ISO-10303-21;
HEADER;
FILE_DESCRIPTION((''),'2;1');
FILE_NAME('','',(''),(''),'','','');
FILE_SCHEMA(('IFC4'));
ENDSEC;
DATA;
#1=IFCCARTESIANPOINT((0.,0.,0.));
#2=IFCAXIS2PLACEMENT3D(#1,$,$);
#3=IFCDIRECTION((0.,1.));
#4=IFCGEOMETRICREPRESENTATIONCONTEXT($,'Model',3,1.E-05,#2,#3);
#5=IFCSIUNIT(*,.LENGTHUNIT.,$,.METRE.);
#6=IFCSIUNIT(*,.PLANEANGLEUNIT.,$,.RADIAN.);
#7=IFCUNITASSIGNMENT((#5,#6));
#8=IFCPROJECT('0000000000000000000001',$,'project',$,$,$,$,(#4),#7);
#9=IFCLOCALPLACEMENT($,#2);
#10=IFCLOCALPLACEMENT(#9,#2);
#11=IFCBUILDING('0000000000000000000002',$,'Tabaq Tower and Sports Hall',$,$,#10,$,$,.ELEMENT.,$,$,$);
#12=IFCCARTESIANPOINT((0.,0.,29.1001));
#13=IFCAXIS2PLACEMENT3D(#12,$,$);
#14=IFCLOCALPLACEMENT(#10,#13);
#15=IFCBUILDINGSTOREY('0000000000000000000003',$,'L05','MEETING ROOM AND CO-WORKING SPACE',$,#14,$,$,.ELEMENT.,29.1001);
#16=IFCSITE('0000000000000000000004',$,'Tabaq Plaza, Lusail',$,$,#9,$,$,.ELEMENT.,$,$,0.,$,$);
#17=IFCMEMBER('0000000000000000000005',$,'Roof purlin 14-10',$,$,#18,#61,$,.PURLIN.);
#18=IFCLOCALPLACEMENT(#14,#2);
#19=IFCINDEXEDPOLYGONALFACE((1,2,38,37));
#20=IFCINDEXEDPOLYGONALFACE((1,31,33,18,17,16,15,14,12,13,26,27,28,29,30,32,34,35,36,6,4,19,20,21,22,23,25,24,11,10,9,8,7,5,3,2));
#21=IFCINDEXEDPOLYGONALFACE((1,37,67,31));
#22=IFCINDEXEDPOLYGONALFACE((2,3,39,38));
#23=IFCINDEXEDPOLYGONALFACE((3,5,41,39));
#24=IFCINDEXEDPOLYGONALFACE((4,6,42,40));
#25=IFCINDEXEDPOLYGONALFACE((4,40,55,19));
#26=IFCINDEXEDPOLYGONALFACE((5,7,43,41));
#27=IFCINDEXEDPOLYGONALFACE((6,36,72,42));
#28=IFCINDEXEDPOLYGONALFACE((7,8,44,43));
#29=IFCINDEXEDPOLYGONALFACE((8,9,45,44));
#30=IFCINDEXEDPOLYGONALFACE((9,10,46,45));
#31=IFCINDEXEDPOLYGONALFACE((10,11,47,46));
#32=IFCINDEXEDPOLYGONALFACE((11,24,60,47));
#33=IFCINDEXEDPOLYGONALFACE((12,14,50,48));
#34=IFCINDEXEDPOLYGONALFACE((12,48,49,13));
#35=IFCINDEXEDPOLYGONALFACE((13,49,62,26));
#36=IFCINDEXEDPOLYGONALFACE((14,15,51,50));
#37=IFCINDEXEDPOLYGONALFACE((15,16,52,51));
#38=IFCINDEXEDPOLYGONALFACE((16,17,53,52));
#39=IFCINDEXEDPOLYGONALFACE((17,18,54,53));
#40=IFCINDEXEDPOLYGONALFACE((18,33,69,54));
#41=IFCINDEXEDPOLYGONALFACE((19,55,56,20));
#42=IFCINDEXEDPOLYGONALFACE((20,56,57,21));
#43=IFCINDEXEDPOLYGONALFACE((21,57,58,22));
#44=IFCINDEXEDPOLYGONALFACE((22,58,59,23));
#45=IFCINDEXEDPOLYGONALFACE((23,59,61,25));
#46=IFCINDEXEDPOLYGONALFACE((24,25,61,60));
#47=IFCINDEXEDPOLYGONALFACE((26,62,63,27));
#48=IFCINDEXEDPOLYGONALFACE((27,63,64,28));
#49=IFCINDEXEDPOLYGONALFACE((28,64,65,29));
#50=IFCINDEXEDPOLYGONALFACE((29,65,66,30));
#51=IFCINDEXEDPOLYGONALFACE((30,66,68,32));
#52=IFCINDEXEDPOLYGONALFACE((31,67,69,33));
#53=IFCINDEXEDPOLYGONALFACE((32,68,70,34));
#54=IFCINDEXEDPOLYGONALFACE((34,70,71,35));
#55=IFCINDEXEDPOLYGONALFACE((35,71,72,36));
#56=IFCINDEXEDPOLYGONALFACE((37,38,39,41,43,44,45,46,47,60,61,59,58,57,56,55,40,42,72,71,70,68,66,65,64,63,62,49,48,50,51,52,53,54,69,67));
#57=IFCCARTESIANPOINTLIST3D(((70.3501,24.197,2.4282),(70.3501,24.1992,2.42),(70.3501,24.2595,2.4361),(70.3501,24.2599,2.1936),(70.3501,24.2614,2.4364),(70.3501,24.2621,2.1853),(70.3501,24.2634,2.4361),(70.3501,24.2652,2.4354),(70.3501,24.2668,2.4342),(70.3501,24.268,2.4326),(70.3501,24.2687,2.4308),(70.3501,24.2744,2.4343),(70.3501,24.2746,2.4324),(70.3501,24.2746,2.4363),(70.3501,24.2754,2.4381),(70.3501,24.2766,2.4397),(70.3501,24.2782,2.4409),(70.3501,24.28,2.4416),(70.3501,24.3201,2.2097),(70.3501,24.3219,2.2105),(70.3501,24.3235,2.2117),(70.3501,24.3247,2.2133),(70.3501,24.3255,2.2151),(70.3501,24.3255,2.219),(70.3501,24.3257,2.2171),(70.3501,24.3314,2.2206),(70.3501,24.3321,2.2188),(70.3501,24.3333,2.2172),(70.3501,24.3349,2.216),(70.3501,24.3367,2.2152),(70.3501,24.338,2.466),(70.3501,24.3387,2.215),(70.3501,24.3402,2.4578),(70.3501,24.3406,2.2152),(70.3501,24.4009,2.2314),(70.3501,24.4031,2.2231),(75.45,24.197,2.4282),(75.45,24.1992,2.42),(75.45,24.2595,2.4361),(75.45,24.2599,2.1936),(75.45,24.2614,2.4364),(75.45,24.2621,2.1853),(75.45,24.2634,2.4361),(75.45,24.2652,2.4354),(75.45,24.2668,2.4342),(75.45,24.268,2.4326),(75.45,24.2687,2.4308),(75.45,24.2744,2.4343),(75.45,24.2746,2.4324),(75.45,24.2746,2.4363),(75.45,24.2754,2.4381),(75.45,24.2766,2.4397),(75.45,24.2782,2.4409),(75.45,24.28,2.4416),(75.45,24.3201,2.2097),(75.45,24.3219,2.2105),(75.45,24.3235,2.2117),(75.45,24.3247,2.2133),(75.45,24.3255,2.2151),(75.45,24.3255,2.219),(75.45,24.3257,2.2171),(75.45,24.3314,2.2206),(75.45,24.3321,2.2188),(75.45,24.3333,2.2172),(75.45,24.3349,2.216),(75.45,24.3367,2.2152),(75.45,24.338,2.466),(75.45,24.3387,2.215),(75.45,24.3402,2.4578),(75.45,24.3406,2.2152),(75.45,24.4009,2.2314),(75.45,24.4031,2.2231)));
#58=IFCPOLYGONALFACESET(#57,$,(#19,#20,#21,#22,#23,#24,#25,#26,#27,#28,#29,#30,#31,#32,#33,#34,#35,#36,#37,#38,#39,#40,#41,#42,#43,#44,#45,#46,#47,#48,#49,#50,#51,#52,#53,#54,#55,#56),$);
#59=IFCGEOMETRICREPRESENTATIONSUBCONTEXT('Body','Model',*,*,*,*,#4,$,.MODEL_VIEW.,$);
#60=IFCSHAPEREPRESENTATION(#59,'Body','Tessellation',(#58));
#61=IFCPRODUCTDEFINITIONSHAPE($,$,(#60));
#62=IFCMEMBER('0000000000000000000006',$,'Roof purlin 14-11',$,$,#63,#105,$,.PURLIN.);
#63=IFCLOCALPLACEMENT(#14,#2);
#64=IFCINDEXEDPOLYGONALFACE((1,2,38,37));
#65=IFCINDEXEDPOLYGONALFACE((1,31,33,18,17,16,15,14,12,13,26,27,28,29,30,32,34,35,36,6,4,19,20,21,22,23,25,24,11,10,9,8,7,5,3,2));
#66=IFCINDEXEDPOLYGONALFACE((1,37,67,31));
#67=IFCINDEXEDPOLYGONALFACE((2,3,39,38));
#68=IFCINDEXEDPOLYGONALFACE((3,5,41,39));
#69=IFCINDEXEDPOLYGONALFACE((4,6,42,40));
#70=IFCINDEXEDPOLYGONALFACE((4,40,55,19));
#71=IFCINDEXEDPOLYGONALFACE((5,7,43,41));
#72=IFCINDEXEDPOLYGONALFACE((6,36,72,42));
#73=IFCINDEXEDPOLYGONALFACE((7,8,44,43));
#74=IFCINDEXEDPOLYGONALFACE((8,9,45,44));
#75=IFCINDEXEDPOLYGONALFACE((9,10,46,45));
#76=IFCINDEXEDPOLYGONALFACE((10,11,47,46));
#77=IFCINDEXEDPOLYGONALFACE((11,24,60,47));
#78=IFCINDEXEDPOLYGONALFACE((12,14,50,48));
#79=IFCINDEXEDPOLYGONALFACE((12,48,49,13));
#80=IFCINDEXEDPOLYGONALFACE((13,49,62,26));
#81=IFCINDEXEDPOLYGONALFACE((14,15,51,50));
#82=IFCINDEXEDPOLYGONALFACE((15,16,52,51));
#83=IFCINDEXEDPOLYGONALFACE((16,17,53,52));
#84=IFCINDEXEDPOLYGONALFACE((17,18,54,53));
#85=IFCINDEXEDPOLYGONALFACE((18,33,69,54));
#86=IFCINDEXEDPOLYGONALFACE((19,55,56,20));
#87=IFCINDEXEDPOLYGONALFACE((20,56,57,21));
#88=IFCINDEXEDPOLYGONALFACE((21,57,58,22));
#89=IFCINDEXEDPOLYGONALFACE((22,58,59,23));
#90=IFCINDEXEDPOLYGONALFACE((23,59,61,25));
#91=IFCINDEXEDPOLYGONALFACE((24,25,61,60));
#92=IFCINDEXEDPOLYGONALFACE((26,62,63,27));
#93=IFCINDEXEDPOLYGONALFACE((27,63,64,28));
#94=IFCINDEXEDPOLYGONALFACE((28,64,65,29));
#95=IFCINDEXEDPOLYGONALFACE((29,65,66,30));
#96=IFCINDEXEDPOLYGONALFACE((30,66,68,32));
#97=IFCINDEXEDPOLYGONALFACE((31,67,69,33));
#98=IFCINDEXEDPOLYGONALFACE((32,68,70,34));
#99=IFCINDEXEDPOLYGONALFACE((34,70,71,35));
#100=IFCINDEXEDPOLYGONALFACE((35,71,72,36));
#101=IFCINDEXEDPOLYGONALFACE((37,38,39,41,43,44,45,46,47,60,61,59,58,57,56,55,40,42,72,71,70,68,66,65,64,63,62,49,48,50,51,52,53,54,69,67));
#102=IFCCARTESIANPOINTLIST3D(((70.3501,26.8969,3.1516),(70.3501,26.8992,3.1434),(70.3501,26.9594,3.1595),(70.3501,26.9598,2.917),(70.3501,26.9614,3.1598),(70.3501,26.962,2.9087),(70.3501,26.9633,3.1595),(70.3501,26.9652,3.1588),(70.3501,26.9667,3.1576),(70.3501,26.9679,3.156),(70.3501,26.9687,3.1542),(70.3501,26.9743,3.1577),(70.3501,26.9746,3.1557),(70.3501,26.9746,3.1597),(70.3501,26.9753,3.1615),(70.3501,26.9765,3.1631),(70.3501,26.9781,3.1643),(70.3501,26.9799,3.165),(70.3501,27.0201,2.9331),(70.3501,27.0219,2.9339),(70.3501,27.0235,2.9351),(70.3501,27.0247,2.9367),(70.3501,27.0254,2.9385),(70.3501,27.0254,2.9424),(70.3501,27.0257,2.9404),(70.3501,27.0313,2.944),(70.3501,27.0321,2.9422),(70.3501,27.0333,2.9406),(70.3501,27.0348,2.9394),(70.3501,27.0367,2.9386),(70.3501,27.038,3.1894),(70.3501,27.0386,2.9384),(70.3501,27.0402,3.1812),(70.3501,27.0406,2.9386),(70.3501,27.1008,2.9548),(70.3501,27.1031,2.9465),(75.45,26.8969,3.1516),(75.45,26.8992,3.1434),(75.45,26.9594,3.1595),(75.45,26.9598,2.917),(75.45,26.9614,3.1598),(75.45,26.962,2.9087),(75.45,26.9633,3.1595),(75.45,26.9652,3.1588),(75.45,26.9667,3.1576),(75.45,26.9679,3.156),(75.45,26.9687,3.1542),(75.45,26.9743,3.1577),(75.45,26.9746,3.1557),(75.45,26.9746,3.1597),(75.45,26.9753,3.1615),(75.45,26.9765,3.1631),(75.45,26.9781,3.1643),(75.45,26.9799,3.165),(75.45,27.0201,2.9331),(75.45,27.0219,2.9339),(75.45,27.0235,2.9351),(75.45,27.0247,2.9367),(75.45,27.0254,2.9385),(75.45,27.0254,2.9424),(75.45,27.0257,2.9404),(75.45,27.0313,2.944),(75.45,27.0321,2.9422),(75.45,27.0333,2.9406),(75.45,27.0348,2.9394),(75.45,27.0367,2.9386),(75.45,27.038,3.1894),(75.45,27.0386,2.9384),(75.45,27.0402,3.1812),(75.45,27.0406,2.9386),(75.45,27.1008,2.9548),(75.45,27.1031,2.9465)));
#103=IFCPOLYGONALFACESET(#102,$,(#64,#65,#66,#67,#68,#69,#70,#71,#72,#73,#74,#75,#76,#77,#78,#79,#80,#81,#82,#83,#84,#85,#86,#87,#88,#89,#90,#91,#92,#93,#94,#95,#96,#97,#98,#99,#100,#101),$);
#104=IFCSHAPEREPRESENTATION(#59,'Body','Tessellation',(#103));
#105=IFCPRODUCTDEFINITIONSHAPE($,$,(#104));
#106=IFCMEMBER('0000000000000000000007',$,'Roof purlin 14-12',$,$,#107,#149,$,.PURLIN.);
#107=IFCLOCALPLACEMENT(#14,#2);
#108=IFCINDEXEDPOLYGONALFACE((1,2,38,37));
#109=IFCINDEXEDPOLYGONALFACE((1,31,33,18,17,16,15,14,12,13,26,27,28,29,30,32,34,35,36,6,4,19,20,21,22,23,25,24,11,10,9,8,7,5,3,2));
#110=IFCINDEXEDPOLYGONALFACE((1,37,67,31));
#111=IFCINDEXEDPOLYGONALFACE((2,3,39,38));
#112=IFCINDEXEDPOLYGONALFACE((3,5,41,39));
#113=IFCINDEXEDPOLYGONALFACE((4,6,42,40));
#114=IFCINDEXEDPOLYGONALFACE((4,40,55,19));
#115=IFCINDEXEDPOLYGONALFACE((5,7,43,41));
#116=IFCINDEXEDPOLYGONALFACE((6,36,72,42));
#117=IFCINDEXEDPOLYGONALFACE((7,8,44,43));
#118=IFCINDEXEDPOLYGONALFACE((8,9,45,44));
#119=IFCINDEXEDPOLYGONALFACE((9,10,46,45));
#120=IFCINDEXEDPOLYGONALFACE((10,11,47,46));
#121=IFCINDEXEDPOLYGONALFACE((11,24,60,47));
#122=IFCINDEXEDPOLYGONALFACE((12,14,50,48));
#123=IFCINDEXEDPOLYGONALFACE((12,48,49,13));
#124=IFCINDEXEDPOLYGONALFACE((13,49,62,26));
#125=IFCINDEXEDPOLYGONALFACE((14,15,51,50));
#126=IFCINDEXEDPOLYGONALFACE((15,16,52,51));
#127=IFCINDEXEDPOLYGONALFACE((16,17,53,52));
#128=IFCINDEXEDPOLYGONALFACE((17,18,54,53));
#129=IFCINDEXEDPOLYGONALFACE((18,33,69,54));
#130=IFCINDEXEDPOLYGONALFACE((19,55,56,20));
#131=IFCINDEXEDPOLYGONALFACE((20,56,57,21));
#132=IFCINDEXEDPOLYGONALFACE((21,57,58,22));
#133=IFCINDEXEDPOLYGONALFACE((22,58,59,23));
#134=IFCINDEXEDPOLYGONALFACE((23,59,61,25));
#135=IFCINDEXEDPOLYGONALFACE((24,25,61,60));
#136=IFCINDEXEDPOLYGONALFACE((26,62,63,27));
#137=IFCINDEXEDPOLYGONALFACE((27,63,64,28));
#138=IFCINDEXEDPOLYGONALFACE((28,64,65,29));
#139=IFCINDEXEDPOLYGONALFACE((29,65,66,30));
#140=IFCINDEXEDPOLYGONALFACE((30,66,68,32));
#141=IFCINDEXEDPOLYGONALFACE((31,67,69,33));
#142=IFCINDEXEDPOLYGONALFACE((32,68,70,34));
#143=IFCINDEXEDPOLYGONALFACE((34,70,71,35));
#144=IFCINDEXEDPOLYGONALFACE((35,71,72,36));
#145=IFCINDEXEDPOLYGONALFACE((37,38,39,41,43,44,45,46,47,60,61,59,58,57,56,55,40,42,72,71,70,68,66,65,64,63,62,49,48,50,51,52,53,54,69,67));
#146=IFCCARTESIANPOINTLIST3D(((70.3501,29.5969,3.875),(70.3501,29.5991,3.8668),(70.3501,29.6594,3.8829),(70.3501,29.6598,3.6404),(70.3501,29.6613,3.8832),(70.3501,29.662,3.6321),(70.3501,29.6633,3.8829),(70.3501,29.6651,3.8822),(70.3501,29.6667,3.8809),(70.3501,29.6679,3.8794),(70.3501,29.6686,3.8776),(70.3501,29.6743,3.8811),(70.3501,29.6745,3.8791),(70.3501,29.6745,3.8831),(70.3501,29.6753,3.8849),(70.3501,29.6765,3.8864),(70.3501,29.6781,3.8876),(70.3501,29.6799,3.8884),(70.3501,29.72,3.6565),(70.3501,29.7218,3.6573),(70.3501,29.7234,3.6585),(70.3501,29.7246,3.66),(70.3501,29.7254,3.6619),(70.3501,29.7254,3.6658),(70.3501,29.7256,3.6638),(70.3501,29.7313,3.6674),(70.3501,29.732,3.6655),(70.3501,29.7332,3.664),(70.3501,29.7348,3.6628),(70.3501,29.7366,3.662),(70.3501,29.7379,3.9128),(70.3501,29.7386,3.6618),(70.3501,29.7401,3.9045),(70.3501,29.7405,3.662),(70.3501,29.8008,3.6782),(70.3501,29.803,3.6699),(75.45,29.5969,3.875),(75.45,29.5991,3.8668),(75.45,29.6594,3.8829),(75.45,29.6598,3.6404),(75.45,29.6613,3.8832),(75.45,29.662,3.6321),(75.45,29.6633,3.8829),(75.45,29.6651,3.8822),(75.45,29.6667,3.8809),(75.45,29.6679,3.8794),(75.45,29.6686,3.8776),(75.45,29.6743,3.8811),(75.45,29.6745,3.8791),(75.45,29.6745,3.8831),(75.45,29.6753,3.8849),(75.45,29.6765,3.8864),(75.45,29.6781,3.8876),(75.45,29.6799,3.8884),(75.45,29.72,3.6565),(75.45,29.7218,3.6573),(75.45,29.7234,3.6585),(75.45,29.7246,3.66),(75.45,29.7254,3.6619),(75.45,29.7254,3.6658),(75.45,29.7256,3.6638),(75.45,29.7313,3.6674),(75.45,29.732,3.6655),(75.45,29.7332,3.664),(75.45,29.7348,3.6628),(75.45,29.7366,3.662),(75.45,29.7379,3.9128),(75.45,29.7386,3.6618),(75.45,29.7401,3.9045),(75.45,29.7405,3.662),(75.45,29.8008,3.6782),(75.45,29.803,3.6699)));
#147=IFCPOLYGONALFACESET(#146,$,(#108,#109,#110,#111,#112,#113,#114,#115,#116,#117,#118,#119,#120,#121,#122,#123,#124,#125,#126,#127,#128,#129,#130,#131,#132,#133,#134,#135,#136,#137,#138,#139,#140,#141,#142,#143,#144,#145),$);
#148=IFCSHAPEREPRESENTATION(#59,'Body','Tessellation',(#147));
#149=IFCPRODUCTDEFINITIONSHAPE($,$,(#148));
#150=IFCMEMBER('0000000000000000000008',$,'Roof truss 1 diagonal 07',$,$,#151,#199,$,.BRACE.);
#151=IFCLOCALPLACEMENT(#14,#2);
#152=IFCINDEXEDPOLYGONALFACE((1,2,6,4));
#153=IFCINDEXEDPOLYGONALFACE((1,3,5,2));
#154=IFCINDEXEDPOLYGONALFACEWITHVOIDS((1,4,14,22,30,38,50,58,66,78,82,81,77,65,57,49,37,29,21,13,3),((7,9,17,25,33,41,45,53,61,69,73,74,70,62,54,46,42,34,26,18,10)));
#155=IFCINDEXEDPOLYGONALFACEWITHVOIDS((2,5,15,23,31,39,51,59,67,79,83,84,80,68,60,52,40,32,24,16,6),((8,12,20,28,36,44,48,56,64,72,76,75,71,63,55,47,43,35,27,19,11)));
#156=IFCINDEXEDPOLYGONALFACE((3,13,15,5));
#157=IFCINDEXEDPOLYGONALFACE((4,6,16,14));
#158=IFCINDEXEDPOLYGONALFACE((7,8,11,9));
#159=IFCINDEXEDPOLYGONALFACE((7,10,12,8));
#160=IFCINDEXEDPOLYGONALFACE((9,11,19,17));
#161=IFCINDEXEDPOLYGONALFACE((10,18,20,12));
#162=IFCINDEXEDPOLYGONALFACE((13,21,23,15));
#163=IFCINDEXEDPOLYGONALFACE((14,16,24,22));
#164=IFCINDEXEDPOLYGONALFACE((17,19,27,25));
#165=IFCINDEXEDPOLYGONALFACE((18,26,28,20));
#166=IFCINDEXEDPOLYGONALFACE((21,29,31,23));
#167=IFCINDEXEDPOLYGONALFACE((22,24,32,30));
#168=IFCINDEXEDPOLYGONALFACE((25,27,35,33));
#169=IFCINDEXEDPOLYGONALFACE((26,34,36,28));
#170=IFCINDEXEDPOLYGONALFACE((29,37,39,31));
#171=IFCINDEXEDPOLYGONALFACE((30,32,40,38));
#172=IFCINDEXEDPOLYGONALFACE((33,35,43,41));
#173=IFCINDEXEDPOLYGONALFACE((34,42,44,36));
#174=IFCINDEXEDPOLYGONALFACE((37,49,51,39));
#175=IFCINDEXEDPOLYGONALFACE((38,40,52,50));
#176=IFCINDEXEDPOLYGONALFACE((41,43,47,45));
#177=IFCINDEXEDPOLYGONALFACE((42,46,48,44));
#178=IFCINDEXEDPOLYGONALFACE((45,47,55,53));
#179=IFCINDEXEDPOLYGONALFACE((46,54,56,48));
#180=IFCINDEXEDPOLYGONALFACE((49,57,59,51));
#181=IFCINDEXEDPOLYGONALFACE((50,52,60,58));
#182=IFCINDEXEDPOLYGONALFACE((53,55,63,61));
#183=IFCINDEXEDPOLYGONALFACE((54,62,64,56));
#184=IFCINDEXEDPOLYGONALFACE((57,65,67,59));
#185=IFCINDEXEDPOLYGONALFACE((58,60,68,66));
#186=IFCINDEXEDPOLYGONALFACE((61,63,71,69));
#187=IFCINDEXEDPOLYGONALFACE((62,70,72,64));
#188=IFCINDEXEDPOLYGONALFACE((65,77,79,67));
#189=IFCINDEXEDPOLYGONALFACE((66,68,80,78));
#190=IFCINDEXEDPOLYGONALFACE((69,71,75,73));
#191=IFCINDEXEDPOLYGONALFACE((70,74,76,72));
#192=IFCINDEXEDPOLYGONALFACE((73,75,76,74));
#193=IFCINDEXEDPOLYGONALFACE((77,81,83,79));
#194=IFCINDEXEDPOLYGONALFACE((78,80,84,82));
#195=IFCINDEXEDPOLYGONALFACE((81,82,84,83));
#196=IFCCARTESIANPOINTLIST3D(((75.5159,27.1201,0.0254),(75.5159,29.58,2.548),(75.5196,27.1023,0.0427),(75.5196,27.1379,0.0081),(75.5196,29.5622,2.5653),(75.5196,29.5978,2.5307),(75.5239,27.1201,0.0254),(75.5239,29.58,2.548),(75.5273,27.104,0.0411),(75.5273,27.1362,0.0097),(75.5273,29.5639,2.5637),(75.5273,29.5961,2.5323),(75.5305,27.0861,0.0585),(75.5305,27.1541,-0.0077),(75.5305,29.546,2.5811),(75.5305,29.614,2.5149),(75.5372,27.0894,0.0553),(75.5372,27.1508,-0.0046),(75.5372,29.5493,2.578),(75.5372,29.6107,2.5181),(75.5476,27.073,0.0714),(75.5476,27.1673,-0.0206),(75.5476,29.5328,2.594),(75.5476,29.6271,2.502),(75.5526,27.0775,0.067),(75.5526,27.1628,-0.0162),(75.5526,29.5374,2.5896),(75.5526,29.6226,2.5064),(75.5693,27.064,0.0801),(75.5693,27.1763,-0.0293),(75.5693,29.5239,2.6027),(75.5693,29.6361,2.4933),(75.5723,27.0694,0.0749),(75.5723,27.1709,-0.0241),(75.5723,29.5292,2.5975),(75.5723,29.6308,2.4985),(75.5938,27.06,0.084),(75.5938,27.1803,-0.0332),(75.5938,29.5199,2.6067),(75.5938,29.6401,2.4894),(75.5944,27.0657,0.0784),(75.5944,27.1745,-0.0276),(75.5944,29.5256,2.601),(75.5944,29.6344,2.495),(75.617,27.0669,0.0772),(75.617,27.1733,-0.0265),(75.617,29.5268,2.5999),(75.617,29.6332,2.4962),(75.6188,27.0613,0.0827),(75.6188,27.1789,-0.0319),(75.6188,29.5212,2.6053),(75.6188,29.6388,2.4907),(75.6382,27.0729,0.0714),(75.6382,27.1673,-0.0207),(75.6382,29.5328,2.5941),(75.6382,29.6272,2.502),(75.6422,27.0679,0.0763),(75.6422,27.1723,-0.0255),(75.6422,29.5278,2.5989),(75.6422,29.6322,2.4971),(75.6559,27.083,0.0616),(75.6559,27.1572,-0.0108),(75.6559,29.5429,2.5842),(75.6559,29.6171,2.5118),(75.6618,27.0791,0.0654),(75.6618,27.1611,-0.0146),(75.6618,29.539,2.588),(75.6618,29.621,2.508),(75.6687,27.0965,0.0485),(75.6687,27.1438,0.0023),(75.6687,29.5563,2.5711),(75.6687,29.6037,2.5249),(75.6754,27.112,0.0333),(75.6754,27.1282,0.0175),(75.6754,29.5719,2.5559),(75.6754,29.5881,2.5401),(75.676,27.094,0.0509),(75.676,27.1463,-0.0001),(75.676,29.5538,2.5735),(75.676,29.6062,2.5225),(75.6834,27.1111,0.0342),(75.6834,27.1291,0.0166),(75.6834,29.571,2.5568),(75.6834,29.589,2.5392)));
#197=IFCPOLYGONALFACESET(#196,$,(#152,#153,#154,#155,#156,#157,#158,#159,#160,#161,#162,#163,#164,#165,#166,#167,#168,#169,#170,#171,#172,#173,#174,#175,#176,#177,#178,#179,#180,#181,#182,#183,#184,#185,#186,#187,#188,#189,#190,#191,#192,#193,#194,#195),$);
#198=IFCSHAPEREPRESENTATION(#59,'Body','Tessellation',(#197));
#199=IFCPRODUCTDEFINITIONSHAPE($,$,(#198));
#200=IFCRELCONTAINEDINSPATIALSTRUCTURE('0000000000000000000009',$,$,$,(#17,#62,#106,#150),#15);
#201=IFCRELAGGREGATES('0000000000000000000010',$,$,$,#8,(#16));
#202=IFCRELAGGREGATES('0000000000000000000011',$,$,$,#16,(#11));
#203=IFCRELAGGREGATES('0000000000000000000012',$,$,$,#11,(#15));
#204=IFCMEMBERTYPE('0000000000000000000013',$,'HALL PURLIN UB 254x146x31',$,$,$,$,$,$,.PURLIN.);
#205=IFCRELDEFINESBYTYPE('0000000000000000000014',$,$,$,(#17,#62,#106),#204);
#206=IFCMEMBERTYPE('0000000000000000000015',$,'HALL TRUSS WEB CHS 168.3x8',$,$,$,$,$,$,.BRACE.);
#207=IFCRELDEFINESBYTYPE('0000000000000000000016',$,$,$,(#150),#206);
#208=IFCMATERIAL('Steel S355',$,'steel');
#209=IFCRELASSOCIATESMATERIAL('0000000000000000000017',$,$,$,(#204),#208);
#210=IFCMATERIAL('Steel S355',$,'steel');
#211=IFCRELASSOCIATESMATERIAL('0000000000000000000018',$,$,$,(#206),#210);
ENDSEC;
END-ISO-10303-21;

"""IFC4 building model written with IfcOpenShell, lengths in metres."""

from ifc_helpers import new_model, si_unit, direction, frame, origin, origin_2d, place, context, subcontext, project, spatial, hollow_circle, i_section, extrude, material, material_profile, profile_set, type_object, element, save


model = new_model("IFC4")

# Units and contexts
model_context = context("Model", 3, precision=1e-05, world=origin(), true_north=direction((0.0, 1.0)))
body_context = subcontext(model_context, "Body", "Model", "MODEL_VIEW")
ifc_project = project(units=[si_unit("LENGTHUNIT", "METRE"), si_unit("PLANEANGLEUNIT", "RADIAN")], contexts=[model_context])

# Site, building, storey
site_placement = place(None, origin())
site = spatial("IfcSite", under=ifc_project, at=site_placement, Name="Tabaq Plaza, Lusail", CompositionType="ELEMENT", RefElevation=0.0)
building_placement = place(site_placement, origin())
building = spatial("IfcBuilding", under=site, at=building_placement, Name="Tabaq Tower and Sports Hall", CompositionType="ELEMENT")
storey_placement = place(building_placement, frame((0.0, 0.0, 29.1001)))
storey = spatial("IfcBuildingStorey", under=building, at=storey_placement, Name="L05", Description="MEETING ROOM AND CO-WORKING SPACE", CompositionType="ELEMENT", Elevation=29.1001)

# Members
ifc_material_1 = material(Name="Steel S355", Category="steel")
ifc_material_profile_1 = material_profile(ifc_material_1, i_section(OverallWidth=0.146, OverallDepth=0.2515, WebThickness=0.0061, FlangeThickness=0.0085, FilletRadius=0.0076, at=origin_2d()), Name="UB 254x146x31")
ifc_profile_set_1 = profile_set([ifc_material_profile_1], Name="Steel S355")
member_type_1 = type_object("IfcMemberType", Name="HALL PURLIN UB 254x146x31", PredefinedType="PURLIN", material=ifc_profile_set_1)
for number, where, z_axis, x_axis, name in (
    (1, (70.3501, 24.3, 2.3257), (1.0, 0.0, 0.0), (0.0, 0.965926, 0.258819), "Roof purlin 14-10"),
    (2, (70.3501, 27.0, 3.0491), (1.0, 0.0, 0.0), (0.0, 0.965926, 0.258819), "Roof purlin 14-11"),
    (3, (70.3501, 29.7, 3.7725), (1.0, 0.0, 0.0), (0.0, 0.965926, 0.258819), "Roof purlin 14-12"),
):
    element("IfcMember", number, at=place(storey_placement, frame(where, z_axis=z_axis, x_axis=x_axis)), inside=storey, type_object=member_type_1, Name=name, PredefinedType="PURLIN", context=body_context, shape_type="SweptSolid", body=[
        extrude(i_section(OverallWidth=0.146, OverallDepth=0.2515, WebThickness=0.0061, FlangeThickness=0.0085, FilletRadius=0.0076, at=origin_2d()), origin(), (0.0, 0.0, 1.0), 5.0999),
    ])
ifc_material_2 = material(Name="Steel S355", Category="steel")
ifc_material_profile_2 = material_profile(ifc_material_2, hollow_circle(Radius=0.0842, WallThickness=0.0081, at=origin_2d()), Name="CHS 168.3x8")
ifc_profile_set_2 = profile_set([ifc_material_profile_2], Name="Steel S355")
member_type_2 = type_object("IfcMemberType", Name="HALL TRUSS WEB CHS 168.3x8", PredefinedType="BRACE", material=ifc_profile_set_2)
member_1_placement = place(storey_placement, frame((75.6001, 27.1201, 0.0254), z_axis=(0.0, 0.698147, 0.715954), x_axis=(-1.0, 0.0, 0.0)))
element("IfcMember", 4, at=member_1_placement, inside=storey, type_object=member_type_2, Name="Roof truss 1 diagonal 07", PredefinedType="BRACE", context=body_context, shape_type="SweptSolid", body=[
    extrude(hollow_circle(Radius=0.0842, WallThickness=0.0081, at=origin_2d()), origin(), (0.0, 0.0, 1.0), 3.5234),
])

save(model, "model.ifc")
